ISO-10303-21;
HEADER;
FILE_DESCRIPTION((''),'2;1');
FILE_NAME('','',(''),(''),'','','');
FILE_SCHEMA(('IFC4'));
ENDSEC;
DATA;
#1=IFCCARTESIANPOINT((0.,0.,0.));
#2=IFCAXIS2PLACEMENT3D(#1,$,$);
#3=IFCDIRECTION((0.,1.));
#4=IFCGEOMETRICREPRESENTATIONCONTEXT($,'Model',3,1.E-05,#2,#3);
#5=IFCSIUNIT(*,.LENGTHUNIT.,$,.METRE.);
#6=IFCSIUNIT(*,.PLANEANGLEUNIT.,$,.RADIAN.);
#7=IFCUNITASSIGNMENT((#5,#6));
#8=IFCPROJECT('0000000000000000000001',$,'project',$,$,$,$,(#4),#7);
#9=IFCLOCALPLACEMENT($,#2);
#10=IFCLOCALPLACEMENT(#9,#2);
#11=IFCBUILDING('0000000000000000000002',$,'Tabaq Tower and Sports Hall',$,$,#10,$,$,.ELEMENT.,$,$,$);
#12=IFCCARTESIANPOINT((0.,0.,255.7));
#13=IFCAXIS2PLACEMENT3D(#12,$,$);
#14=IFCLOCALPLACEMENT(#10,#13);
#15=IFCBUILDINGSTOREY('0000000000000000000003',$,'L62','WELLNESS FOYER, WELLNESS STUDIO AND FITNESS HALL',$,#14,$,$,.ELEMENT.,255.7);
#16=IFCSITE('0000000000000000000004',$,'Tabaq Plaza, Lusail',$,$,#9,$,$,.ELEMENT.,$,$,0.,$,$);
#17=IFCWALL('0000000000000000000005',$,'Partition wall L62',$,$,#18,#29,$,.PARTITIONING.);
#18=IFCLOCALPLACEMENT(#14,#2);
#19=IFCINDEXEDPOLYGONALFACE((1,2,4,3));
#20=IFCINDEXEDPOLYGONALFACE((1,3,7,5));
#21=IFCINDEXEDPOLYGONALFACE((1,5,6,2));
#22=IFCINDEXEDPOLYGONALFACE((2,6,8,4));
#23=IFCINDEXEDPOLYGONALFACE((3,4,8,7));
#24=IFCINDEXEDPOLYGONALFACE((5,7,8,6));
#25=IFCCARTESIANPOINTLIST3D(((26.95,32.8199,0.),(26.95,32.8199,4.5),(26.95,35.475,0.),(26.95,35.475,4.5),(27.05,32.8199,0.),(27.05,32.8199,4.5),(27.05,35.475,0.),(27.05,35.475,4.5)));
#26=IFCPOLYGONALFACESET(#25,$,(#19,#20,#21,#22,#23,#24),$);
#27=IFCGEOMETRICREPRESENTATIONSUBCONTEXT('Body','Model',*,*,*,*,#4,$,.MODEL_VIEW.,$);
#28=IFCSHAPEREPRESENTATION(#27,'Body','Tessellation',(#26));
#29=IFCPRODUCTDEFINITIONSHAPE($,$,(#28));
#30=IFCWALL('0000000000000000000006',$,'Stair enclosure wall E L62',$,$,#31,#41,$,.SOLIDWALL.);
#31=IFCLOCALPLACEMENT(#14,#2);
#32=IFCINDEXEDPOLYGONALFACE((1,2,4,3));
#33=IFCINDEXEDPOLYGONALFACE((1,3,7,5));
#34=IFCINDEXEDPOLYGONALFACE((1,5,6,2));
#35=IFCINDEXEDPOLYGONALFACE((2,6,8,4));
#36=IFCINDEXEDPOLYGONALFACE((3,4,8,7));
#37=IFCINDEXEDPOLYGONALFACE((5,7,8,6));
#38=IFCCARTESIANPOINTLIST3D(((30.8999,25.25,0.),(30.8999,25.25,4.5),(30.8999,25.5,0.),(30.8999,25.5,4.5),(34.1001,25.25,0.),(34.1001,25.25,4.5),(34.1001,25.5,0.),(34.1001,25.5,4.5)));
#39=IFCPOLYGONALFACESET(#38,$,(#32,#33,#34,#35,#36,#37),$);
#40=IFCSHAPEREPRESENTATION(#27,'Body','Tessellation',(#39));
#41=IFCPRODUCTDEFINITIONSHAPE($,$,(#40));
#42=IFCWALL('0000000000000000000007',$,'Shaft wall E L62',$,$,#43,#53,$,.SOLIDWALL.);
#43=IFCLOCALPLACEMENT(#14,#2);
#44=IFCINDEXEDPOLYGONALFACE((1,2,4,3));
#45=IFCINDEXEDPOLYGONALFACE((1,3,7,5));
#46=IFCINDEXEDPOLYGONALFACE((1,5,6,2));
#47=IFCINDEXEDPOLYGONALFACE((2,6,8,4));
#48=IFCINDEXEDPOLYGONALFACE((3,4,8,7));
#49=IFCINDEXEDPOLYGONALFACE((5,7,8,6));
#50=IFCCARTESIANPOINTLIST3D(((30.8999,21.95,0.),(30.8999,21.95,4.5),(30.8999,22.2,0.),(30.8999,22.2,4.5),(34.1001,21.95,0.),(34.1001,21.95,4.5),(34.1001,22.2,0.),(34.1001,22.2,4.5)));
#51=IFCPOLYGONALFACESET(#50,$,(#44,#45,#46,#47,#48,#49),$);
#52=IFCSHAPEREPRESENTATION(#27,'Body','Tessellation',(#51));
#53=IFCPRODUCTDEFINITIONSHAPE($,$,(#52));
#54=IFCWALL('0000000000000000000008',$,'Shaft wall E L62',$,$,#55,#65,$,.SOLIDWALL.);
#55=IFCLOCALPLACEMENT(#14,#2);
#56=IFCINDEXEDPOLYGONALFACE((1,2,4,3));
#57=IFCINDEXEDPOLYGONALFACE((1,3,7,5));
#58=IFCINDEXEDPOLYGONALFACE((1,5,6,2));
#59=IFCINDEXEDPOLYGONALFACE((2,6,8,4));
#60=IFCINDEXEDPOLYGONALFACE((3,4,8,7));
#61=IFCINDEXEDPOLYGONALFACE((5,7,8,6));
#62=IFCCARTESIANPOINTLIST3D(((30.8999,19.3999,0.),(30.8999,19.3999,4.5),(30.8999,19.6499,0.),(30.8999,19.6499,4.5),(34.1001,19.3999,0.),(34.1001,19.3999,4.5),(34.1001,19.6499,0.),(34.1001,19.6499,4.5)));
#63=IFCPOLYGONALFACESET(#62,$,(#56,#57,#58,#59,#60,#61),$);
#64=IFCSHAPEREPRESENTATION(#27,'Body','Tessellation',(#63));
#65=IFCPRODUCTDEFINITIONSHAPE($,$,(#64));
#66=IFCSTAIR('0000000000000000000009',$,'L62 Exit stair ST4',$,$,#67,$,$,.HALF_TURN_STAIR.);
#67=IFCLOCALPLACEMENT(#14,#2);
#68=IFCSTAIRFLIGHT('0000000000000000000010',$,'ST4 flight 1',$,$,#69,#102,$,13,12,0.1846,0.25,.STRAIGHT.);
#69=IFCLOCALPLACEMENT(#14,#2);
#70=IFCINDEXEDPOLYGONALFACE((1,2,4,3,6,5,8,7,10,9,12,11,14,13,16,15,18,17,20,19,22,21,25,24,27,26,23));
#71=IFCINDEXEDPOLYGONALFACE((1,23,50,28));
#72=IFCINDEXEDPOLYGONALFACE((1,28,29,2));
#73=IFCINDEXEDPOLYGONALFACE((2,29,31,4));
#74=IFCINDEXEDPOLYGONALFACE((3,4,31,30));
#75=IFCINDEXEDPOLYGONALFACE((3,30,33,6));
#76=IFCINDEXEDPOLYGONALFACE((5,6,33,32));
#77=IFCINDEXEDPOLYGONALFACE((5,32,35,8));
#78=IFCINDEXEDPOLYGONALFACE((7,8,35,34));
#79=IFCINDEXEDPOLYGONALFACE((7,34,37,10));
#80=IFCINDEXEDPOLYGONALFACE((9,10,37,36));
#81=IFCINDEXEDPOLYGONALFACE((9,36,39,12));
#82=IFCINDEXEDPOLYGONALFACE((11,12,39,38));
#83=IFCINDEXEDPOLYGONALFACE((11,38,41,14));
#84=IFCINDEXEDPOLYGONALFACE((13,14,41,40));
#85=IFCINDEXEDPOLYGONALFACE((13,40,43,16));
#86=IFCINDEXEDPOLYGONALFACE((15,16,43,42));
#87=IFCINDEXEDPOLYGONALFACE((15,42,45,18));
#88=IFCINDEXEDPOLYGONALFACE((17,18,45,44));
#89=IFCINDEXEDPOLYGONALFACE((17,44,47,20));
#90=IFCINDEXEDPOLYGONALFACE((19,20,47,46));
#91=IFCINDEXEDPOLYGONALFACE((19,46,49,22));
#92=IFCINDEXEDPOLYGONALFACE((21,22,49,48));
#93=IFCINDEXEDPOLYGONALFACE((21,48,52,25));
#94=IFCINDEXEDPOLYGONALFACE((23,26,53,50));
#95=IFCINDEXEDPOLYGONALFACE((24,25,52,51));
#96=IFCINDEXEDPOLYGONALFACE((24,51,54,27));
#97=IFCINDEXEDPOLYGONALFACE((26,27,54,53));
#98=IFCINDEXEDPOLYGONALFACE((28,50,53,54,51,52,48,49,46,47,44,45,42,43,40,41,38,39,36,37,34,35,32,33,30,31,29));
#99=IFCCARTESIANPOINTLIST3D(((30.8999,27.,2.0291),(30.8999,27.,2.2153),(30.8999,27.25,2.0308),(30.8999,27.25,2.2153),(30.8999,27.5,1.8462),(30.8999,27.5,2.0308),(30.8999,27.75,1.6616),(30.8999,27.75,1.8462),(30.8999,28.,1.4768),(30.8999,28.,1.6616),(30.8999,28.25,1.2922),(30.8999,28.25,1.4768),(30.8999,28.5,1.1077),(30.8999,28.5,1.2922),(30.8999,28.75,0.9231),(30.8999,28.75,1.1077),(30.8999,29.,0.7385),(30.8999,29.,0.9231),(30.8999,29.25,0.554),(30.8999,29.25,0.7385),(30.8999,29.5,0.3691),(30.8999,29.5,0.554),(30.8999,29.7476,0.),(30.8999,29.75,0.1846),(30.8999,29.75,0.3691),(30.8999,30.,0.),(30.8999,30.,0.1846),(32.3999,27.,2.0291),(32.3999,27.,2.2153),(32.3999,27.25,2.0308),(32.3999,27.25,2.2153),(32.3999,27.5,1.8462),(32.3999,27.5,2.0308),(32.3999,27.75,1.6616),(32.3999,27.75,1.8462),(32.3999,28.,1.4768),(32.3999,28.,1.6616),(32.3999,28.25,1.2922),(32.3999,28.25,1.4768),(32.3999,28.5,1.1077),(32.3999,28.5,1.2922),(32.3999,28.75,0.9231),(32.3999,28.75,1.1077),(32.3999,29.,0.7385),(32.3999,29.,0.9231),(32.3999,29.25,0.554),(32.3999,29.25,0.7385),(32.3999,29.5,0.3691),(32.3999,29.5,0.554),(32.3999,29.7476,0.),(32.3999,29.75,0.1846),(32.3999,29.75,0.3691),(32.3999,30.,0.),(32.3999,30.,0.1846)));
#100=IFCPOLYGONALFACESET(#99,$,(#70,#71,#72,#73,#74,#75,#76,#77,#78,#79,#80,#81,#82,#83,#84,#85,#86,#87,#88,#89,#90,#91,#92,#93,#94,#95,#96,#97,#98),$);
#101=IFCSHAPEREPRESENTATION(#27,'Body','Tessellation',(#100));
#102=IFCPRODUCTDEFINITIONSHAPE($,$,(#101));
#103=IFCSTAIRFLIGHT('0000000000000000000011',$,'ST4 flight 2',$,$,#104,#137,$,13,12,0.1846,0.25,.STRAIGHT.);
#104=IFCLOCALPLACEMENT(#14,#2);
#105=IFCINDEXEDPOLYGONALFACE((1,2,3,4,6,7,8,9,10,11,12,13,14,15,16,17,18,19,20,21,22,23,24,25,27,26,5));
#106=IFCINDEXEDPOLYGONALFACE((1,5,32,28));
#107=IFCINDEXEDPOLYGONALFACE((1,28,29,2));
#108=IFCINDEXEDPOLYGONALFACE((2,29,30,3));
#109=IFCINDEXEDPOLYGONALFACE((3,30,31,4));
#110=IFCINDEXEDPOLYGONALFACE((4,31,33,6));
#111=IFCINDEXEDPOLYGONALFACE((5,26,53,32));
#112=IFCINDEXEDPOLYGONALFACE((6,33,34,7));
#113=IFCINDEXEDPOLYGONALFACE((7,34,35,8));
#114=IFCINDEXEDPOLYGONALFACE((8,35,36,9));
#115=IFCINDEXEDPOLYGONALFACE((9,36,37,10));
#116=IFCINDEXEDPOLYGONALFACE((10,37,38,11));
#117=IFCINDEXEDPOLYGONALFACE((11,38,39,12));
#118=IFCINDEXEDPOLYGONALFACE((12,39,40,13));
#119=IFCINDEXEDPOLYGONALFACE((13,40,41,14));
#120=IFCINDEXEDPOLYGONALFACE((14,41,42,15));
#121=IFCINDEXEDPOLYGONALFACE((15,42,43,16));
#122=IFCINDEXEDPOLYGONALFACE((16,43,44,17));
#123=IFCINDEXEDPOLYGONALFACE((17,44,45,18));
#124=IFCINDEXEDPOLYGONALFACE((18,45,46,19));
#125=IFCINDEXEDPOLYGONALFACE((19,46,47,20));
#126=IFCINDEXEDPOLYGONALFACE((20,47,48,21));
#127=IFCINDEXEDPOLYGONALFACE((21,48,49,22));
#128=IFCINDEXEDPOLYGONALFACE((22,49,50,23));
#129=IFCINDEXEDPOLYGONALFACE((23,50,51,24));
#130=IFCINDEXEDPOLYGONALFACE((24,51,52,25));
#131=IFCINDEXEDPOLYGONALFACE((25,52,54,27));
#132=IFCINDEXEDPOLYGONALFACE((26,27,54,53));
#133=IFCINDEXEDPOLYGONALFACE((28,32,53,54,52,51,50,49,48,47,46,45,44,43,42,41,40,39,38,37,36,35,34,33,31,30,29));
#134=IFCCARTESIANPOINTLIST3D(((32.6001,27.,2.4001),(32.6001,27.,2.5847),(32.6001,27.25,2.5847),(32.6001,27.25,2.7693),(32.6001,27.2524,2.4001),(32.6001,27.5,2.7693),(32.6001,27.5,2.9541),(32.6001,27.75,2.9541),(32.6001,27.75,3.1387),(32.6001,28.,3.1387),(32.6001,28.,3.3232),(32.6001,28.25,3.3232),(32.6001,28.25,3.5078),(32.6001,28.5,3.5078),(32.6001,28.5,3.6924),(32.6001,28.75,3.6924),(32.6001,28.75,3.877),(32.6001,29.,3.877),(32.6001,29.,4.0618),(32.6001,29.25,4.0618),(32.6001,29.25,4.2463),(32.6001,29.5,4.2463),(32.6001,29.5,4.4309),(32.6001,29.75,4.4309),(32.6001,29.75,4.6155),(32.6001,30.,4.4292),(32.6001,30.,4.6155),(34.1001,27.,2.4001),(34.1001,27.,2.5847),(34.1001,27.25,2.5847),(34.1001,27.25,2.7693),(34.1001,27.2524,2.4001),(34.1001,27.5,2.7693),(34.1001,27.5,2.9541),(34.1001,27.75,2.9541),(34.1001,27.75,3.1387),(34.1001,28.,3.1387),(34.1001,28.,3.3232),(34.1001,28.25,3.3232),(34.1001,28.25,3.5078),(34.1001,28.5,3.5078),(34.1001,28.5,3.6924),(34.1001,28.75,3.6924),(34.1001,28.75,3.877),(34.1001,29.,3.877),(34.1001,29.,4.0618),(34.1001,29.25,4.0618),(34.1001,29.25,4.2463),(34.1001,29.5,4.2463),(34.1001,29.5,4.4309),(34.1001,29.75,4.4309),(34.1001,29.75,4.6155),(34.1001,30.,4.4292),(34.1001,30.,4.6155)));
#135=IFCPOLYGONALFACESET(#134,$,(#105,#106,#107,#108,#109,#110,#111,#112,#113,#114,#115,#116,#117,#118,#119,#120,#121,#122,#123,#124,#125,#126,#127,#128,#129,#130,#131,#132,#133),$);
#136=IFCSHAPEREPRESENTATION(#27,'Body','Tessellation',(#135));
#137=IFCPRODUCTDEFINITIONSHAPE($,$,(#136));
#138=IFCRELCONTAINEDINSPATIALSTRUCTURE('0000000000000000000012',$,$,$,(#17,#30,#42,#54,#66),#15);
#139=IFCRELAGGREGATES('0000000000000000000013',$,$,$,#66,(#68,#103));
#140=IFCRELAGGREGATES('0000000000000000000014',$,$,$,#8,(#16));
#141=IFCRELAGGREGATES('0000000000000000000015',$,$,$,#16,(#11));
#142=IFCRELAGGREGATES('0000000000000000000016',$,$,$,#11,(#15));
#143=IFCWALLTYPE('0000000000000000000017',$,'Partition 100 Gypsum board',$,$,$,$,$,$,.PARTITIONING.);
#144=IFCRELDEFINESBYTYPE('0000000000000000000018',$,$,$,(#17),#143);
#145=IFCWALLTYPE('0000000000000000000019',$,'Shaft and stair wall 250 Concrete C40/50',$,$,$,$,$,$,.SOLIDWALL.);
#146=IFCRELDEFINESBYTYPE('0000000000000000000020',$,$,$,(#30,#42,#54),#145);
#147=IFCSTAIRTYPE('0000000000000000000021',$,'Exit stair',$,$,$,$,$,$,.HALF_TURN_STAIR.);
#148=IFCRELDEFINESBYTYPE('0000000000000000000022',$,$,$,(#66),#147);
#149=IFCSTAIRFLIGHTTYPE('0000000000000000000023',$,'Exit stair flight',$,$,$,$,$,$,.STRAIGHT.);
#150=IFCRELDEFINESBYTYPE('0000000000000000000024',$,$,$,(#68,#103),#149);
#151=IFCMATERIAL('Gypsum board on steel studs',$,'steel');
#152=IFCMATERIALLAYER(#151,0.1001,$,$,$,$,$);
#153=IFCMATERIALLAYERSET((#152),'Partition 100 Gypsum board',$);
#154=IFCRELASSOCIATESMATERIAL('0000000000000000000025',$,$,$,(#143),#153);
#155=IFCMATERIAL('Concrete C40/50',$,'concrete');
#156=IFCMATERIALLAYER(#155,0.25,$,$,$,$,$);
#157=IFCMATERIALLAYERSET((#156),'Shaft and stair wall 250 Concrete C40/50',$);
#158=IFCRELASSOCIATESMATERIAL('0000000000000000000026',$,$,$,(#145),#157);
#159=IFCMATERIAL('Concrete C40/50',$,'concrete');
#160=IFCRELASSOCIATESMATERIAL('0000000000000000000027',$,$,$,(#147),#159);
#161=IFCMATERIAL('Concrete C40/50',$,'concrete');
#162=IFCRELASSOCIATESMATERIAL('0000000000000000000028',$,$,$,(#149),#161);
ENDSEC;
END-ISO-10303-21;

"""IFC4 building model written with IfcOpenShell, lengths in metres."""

from ifc_helpers import new_model, si_unit, direction, frame, frame_2d, origin, place, context, subcontext, project, spatial, polyline, rectangle, outline, extrude, material, layer, layer_set, type_object, element, aggregate, save


model = new_model("IFC4")

# Units and contexts
model_context = context("Model", 3, precision=1e-05, world=origin(), true_north=direction((0.0, 1.0)))
body_context = subcontext(model_context, "Body", "Model", "MODEL_VIEW")
ifc_project = project(units=[si_unit("LENGTHUNIT", "METRE"), si_unit("PLANEANGLEUNIT", "RADIAN")], contexts=[model_context])

# Site, building, storey
site_placement = place(None, origin())
site = spatial("IfcSite", under=ifc_project, at=site_placement, Name="Tabaq Plaza, Lusail", CompositionType="ELEMENT", RefElevation=0.0)
building_placement = place(site_placement, origin())
building = spatial("IfcBuilding", under=site, at=building_placement, Name="Tabaq Tower and Sports Hall", CompositionType="ELEMENT")
storey_placement = place(building_placement, frame((0.0, 0.0, 255.7)))
storey = spatial("IfcBuildingStorey", under=building, at=storey_placement, Name="L62", Description="WELLNESS FOYER, WELLNESS STUDIO AND FITNESS HALL", CompositionType="ELEMENT", Elevation=255.7)

# Walls
ifc_material_1 = material(Name="Gypsum board on steel studs", Category="steel")
ifc_layer_1 = layer(ifc_material_1, 0.1001)
ifc_layer_set_1 = layer_set([ifc_layer_1], Name="Partition 100 Gypsum board")
wall_type_1 = type_object("IfcWallType", Name="Partition 100 Gypsum board", PredefinedType="PARTITIONING", material=ifc_layer_set_1)
wall_1_placement = place(storey_placement, frame((27.0, 35.4751, 0.0), z_axis=(0.0, 0.0, 1.0), x_axis=(0.0, -1.0, 0.0)))
element("IfcWall", 1, at=wall_1_placement, inside=storey, type_object=wall_type_1, Name="Partition wall L62", PredefinedType="PARTITIONING", context=body_context, shape_type="SweptSolid", body=[
    extrude(rectangle(XDim=2.655, YDim=0.1001, at=frame_2d((1.3276, 0.0))), origin(), (0.0, 0.0, 1.0), 4.5),
])
ifc_material_2 = material(Name="Concrete C40/50", Category="concrete")
ifc_layer_2 = layer(ifc_material_2, 0.25)
ifc_layer_set_2 = layer_set([ifc_layer_2], Name="Shaft and stair wall 250 Concrete C40/50")
wall_type_2 = type_object("IfcWallType", Name="Shaft and stair wall 250 Concrete C40/50", PredefinedType="SOLIDWALL", material=ifc_layer_set_2)
for number, where, z_axis, x_axis, name in (
    (2, (30.8999, 25.375, 0.0), (0.0, 0.0, 1.0), (1.0, 0.0, 0.0), "Stair enclosure wall E L62"),
    (3, (30.8999, 22.075, 0.0), (0.0, 0.0, 1.0), (1.0, 0.0, 0.0), "Shaft wall E L62"),
    (4, (30.8999, 19.5249, 0.0), (0.0, 0.0, 1.0), (1.0, 0.0, 0.0), "Shaft wall E L62"),
):
    element("IfcWall", number, at=place(storey_placement, frame(where, z_axis=z_axis, x_axis=x_axis)), inside=storey, type_object=wall_type_2, Name=name, PredefinedType="SOLIDWALL", context=body_context, shape_type="SweptSolid", body=[
        extrude(rectangle(XDim=3.2002, YDim=0.25, at=frame_2d((1.6001, 0.0))), origin(), (0.0, 0.0, 1.0), 4.5),
    ])

# Stair, stair flights
ifc_material_3 = material(Name="Concrete C40/50", Category="concrete")
stair_type = type_object("IfcStairType", Name="Exit stair", PredefinedType="HALF_TURN_STAIR", material=ifc_material_3)
stair_placement = place(storey_placement, origin())
stair = element("IfcStair", 5, at=stair_placement, inside=storey, type_object=stair_type, Name="L62 Exit stair ST4", PredefinedType="HALF_TURN_STAIR")
ifc_material_4 = material(Name="Concrete C40/50", Category="concrete")
stair_flight_type = type_object("IfcStairFlightType", Name="Exit stair flight", PredefinedType="STRAIGHT", material=ifc_material_4)
stair_flight_1_placement = place(storey_placement, frame((31.6499, 30.0, 0.0), z_axis=(0.0, 0.0, 1.0), x_axis=(0.0, -1.0, 0.0)))
stair_flight_1 = element("IfcStairFlight", 6, at=stair_flight_1_placement, type_object=stair_flight_type, Name="ST4 flight 1", NumberOfRisers=13, NumberOfTreads=12, PredefinedType="STRAIGHT", RiserHeight=0.1846, TreadLength=0.25, context=body_context, shape_type="SweptSolid", body=[
    extrude(outline(polyline([(0.0, 0.0), (0.0, 0.1846), (0.25, 0.1846), (0.25, 0.3691), (0.5, 0.3691), (0.5, 0.554), (0.75, 0.554), (0.75, 0.7385), (1.0, 0.7385), (1.0, 0.9231), (1.25, 0.9231), (1.25, 1.1077), (1.5, 1.1077), (1.5, 1.2922), (1.75, 1.2922), (1.75, 1.4768), (2.0, 1.4768), (2.0, 1.6616), (2.25, 1.6616), (2.25, 1.8462), (2.5, 1.8462), (2.5, 2.0308), (2.75, 2.0308), (2.75, 2.2153), (3.0, 2.2153), (3.0, 2.3999), (3.0, 2.0291), (0.2524, 0.0), (0.0, 0.0)])), frame((0.0, 0.75, 0.0), z_axis=(0.0, -1.0, 0.0), x_axis=(1.0, 0.0, 0.0)), (0.0, 0.0, 1.0), 1.5),
])
stair_flight_2_placement = place(storey_placement, frame((33.3501, 27.0, 2.4001), z_axis=(0.0, 0.0, 1.0), x_axis=(0.0, 1.0, 0.0)))
stair_flight_2 = element("IfcStairFlight", 7, at=stair_flight_2_placement, type_object=stair_flight_type, Name="ST4 flight 2", NumberOfRisers=13, NumberOfTreads=12, PredefinedType="STRAIGHT", RiserHeight=0.1846, TreadLength=0.25, context=body_context, shape_type="SweptSolid", body=[
    extrude(outline(polyline([(0.0, 0.0), (0.0, 0.1846), (0.25, 0.1846), (0.25, 0.3691), (0.5, 0.3691), (0.5, 0.554), (0.75, 0.554), (0.75, 0.7385), (1.0, 0.7385), (1.0, 0.9231), (1.25, 0.9231), (1.25, 1.1077), (1.5, 1.1077), (1.5, 1.2922), (1.75, 1.2922), (1.75, 1.4768), (2.0, 1.4768), (2.0, 1.6616), (2.25, 1.6616), (2.25, 1.8462), (2.5, 1.8462), (2.5, 2.0308), (2.75, 2.0308), (2.75, 2.2153), (3.0, 2.2153), (3.0, 2.3999), (3.0, 2.0291), (0.2524, 0.0), (0.0, 0.0)])), frame((0.0, 0.75, 0.0), z_axis=(0.0, -1.0, 0.0), x_axis=(1.0, 0.0, 0.0)), (0.0, 0.0, 1.0), 1.5),
])
aggregate(stair, [stair_flight_1, stair_flight_2])

save(model, "model.ifc")
